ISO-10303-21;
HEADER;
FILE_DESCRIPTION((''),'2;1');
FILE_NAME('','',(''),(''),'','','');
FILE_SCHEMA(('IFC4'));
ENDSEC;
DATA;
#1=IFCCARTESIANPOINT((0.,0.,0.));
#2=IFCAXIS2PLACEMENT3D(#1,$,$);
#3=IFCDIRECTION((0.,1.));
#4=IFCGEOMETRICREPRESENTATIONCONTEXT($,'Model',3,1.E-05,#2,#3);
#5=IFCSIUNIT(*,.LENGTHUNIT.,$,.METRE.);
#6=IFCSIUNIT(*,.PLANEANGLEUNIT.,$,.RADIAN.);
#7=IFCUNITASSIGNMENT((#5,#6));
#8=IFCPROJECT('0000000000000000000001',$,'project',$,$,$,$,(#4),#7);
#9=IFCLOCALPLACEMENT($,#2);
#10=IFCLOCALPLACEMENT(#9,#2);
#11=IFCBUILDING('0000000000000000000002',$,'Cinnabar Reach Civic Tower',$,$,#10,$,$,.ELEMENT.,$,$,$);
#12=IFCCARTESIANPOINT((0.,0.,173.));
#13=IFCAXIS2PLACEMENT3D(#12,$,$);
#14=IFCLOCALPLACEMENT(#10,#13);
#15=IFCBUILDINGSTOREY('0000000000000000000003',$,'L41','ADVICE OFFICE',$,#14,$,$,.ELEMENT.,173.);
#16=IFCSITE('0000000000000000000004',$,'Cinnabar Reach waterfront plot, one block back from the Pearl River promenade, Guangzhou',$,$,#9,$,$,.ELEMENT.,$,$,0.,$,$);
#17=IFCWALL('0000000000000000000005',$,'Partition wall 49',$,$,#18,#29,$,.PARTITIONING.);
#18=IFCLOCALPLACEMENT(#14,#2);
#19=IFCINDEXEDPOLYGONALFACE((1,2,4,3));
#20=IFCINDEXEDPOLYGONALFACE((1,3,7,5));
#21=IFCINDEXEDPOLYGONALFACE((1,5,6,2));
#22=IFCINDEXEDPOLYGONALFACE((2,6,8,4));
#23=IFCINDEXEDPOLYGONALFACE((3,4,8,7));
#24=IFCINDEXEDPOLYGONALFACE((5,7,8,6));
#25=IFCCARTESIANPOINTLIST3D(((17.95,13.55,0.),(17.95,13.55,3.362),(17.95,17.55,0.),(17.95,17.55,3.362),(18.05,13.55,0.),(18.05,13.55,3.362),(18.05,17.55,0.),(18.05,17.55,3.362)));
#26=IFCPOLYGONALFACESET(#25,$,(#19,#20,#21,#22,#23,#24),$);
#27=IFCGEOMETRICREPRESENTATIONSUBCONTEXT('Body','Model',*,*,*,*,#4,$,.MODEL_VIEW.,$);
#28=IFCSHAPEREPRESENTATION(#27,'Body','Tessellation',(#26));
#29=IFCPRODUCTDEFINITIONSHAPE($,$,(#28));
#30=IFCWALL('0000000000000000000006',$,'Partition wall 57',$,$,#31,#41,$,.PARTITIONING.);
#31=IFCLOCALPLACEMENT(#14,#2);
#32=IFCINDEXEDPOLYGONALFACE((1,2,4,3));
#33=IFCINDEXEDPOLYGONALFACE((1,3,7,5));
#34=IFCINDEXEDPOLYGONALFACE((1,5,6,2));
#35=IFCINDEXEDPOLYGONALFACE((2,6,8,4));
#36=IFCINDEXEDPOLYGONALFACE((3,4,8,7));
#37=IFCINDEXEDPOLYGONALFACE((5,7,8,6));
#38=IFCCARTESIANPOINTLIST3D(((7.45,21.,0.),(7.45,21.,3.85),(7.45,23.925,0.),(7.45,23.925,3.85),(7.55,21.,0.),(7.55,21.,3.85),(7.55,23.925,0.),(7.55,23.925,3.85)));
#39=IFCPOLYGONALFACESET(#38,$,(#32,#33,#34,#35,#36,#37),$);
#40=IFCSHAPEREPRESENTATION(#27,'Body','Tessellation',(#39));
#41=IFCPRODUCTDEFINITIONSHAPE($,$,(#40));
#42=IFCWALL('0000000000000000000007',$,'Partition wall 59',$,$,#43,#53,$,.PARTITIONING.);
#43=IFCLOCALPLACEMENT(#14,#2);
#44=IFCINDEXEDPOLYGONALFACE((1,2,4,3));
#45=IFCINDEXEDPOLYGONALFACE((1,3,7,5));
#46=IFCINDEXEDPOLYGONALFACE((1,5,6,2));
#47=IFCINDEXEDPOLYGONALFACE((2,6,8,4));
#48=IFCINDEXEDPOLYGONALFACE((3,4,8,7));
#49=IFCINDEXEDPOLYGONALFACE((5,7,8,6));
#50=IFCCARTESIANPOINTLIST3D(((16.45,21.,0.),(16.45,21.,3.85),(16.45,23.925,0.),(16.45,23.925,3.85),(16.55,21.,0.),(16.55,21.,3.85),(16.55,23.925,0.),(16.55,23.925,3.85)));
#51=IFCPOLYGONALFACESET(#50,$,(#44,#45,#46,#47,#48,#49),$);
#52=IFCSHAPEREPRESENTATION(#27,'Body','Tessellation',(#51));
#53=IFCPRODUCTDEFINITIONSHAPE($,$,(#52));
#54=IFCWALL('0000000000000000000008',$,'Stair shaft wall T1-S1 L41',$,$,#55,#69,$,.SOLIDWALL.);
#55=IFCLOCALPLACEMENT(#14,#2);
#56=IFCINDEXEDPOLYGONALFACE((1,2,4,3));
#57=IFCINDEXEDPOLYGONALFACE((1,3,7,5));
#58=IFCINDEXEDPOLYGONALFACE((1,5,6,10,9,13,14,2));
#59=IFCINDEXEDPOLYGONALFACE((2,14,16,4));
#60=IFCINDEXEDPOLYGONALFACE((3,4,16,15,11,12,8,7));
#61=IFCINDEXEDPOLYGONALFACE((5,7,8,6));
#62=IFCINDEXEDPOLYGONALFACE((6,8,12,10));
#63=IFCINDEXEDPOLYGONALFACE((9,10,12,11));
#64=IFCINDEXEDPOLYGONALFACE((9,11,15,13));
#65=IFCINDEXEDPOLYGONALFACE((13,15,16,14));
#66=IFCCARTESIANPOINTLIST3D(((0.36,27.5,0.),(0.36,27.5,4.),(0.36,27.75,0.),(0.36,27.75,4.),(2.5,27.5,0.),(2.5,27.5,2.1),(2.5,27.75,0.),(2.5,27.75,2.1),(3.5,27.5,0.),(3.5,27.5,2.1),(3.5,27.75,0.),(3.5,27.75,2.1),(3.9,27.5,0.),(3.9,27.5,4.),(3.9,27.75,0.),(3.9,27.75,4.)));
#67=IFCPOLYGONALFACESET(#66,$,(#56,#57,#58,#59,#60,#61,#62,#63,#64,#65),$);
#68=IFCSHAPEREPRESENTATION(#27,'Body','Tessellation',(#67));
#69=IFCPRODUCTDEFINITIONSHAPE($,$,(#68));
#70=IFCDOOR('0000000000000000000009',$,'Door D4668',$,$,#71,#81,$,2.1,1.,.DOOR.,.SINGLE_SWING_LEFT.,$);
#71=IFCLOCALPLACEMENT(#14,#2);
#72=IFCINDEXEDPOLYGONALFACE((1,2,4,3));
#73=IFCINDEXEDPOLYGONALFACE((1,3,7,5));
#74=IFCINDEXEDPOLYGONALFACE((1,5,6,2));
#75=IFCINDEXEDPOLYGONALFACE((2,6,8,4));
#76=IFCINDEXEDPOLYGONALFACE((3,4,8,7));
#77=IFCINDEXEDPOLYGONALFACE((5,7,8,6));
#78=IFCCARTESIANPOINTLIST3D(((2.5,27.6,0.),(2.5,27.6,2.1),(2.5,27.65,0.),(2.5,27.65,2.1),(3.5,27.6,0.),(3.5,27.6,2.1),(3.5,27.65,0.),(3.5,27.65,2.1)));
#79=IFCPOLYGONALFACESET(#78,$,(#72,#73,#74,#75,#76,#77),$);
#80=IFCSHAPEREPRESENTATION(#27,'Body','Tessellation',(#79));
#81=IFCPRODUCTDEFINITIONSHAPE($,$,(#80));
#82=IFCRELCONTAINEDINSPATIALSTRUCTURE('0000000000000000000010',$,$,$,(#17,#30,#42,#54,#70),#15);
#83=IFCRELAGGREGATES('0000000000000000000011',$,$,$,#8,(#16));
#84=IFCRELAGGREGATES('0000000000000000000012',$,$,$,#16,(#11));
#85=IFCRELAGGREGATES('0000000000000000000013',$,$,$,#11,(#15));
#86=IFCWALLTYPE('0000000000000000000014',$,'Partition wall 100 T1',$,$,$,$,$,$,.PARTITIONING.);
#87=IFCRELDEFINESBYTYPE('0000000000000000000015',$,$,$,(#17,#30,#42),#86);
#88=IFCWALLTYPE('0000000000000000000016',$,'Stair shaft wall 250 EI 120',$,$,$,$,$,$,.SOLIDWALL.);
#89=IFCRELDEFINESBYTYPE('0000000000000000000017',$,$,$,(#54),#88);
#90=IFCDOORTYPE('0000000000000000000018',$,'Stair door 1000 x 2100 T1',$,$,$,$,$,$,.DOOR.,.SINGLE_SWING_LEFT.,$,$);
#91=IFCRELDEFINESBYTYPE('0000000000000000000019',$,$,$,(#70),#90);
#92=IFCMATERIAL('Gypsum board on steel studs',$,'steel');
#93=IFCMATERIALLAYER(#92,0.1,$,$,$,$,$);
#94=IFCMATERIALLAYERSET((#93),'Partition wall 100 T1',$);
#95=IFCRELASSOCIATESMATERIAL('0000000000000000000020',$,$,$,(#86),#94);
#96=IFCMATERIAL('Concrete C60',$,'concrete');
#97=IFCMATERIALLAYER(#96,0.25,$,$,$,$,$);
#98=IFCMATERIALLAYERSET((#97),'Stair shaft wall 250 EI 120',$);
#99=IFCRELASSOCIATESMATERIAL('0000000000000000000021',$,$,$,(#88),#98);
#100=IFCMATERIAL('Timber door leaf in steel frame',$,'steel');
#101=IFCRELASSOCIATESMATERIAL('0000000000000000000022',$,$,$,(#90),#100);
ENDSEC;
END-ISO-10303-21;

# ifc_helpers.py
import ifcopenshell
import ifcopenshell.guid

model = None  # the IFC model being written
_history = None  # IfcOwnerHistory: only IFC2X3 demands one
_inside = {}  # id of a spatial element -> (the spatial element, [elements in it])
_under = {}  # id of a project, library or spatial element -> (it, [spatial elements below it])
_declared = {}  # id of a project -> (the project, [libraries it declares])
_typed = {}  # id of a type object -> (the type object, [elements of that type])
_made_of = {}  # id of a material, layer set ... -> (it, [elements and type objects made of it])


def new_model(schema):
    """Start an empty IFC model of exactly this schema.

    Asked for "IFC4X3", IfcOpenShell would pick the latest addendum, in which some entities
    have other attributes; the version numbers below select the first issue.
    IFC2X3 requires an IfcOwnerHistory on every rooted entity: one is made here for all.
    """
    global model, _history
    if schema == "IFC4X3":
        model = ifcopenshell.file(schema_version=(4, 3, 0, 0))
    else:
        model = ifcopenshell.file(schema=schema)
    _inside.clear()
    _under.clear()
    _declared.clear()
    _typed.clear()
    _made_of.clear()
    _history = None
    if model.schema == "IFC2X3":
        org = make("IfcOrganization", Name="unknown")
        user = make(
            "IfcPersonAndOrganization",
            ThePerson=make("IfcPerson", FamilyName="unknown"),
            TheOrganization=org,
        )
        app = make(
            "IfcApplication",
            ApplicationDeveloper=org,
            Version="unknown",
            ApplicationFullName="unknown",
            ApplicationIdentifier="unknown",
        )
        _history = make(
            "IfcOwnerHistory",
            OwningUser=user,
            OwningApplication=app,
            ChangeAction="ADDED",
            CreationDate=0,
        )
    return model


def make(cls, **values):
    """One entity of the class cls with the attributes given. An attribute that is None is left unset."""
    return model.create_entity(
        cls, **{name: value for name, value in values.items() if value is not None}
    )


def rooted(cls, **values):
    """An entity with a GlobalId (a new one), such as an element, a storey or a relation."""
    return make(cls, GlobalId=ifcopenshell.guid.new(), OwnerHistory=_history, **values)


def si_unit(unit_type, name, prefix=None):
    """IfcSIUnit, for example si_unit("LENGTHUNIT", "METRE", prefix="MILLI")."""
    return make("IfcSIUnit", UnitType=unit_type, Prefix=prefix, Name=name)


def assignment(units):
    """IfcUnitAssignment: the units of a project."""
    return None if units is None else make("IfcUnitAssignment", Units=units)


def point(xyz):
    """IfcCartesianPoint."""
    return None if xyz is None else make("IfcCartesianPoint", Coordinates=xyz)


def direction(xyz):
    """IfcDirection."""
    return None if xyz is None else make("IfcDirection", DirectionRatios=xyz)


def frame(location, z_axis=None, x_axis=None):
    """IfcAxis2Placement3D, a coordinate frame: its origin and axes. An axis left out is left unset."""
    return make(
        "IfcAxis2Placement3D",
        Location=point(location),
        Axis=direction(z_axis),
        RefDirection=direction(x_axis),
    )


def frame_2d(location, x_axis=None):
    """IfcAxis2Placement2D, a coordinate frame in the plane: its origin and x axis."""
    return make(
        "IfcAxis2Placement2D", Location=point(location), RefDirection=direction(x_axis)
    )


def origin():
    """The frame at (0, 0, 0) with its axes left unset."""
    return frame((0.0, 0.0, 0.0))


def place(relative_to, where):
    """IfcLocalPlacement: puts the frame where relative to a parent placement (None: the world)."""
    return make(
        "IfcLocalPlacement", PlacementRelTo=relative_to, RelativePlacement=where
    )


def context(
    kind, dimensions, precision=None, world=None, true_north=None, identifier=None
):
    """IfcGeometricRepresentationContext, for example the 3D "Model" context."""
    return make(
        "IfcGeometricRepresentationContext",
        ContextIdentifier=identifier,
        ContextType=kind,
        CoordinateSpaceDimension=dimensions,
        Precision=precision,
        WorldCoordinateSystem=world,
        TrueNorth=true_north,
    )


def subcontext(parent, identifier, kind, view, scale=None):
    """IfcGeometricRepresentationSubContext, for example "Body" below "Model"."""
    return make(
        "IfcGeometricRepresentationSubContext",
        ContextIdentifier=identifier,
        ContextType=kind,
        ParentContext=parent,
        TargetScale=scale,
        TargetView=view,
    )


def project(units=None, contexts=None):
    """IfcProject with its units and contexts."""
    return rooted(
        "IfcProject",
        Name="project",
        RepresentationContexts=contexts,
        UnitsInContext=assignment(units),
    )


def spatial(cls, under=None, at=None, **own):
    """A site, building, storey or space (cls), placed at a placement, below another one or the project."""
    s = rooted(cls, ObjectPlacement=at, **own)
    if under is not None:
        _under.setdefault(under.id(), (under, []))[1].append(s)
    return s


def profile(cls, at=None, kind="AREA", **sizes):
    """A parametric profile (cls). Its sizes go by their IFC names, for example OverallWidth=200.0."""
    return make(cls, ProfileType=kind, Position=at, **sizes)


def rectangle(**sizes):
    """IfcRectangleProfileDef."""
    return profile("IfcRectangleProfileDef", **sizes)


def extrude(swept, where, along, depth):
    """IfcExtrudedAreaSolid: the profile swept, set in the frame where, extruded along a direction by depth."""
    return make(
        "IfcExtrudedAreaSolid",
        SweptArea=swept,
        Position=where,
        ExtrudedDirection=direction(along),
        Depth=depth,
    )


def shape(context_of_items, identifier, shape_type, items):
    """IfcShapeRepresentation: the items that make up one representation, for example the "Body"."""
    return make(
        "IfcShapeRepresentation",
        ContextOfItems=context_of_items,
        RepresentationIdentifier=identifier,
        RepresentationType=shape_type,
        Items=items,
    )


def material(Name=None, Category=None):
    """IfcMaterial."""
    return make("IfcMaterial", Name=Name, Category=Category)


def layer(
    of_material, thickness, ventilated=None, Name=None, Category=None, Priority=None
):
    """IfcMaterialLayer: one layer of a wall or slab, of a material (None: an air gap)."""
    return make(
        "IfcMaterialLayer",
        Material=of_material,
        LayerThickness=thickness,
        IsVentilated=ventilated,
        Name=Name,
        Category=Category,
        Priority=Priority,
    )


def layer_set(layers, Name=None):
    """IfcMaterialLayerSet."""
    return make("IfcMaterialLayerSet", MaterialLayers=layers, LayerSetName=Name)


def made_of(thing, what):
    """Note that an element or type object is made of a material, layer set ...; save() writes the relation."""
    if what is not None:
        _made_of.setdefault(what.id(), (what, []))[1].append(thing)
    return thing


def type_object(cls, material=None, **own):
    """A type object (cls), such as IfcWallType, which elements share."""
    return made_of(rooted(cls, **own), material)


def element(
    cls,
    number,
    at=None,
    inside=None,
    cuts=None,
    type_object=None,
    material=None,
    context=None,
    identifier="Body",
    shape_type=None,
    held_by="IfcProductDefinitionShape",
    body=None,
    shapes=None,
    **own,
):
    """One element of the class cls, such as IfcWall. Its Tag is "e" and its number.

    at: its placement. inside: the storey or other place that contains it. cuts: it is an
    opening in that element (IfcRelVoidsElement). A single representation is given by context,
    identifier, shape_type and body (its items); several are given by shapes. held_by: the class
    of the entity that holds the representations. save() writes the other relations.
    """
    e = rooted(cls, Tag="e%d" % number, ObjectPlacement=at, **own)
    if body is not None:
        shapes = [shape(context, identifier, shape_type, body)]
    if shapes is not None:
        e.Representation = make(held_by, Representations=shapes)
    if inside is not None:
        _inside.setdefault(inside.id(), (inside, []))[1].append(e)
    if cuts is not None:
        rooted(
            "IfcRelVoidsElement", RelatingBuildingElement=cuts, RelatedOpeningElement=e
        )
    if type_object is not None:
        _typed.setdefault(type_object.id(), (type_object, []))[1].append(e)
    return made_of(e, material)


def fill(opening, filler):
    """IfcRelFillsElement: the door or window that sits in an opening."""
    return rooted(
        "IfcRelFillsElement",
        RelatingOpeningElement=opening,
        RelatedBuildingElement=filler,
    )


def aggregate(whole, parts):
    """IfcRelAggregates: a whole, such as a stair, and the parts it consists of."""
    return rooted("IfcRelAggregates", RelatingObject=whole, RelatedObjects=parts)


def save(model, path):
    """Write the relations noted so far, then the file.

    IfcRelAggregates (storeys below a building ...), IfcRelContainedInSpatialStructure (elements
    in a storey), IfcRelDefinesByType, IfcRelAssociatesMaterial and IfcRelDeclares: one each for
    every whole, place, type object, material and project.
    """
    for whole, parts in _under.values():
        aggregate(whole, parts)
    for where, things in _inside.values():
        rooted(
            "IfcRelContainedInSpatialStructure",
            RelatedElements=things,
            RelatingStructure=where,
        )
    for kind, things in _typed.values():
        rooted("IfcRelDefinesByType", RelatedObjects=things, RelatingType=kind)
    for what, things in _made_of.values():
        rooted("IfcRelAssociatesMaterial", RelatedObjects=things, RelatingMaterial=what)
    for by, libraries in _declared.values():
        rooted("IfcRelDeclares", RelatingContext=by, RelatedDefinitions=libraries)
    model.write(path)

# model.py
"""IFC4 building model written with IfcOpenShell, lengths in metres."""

from ifc_helpers import new_model, si_unit, direction, frame, frame_2d, origin, place, context, subcontext, project, spatial, rectangle, extrude, material, layer, layer_set, type_object, element, fill, save


model = new_model("IFC4")

# Units and contexts
model_context = context("Model", 3, precision=1e-05, world=origin(), true_north=direction((0.0, 1.0)))
body_context = subcontext(model_context, "Body", "Model", "MODEL_VIEW")
ifc_project = project(units=[si_unit("LENGTHUNIT", "METRE"), si_unit("PLANEANGLEUNIT", "RADIAN")], contexts=[model_context])

# Site, building, storey
site_placement = place(None, origin())
site = spatial("IfcSite", under=ifc_project, at=site_placement, Name="Cinnabar Reach waterfront plot, one block back from the Pearl River promenade, Guangzhou", CompositionType="ELEMENT", RefElevation=0.0)
building_placement = place(site_placement, origin())
building = spatial("IfcBuilding", under=site, at=building_placement, Name="Cinnabar Reach Civic Tower", CompositionType="ELEMENT")
storey_placement = place(building_placement, frame((0.0, 0.0, 173.0)))
storey = spatial("IfcBuildingStorey", under=building, at=storey_placement, Name="L41", Description="ADVICE OFFICE", CompositionType="ELEMENT", Elevation=173.0)

# Shared definitions
ifc_material_1 = material(Name="Timber door leaf in steel frame", Category="steel")

# Walls
ifc_material_2 = material(Name="Gypsum board on steel studs", Category="steel")
ifc_layer_1 = layer(ifc_material_2, 0.1)
ifc_layer_set_1 = layer_set([ifc_layer_1], Name="Partition wall 100 T1")
wall_type_1 = type_object("IfcWallType", Name="Partition wall 100 T1", PredefinedType="PARTITIONING", material=ifc_layer_set_1)
wall_1_placement = place(storey_placement, frame((18.0, 13.55, 0.0), z_axis=(0.0, 0.0, 1.0), x_axis=(0.0, 1.0, 0.0)))
element("IfcWall", 1, at=wall_1_placement, inside=storey, type_object=wall_type_1, Name="Partition wall 49", PredefinedType="PARTITIONING", context=body_context, shape_type="SweptSolid", body=[
    extrude(rectangle(XDim=4.0, YDim=0.1, at=frame_2d((2.0, 0.0))), origin(), (0.0, 0.0, 1.0), 3.362),
])
for number, where, z_axis, x_axis, name in (
    (2, (7.5, 21.0, 0.0), (0.0, 0.0, 1.0), (0.0, 1.0, 0.0), "Partition wall 57"),
    (3, (16.5, 21.0, 0.0), (0.0, 0.0, 1.0), (0.0, 1.0, 0.0), "Partition wall 59"),
):
    element("IfcWall", number, at=place(storey_placement, frame(where, z_axis=z_axis, x_axis=x_axis)), inside=storey, type_object=wall_type_1, Name=name, PredefinedType="PARTITIONING", context=body_context, shape_type="SweptSolid", body=[
        extrude(rectangle(XDim=2.925, YDim=0.1, at=frame_2d((1.4625, 0.0))), origin(), (0.0, 0.0, 1.0), 3.85),
    ])

# Wall, opening, door
ifc_material_3 = material(Name="Concrete C60", Category="concrete")
ifc_layer_2 = layer(ifc_material_3, 0.25)
ifc_layer_set_2 = layer_set([ifc_layer_2], Name="Stair shaft wall 250 EI 120")
wall_type_2 = type_object("IfcWallType", Name="Stair shaft wall 250 EI 120", PredefinedType="SOLIDWALL", material=ifc_layer_set_2)
wall_2_placement = place(storey_placement, frame((3.9, 27.625, 0.0), z_axis=(0.0, 0.0, 1.0), x_axis=(-1.0, 0.0, 0.0)))
wall_2 = element("IfcWall", 4, at=wall_2_placement, inside=storey, type_object=wall_type_2, Name="Stair shaft wall T1-S1 L41", PredefinedType="SOLIDWALL", context=body_context, shape_type="SweptSolid", body=[
    extrude(rectangle(XDim=3.54, YDim=0.25, at=frame_2d((1.77, 0.0))), origin(), (0.0, 0.0, 1.0), 4.0),
])
opening_1_placement = place(wall_2_placement, frame((0.4, 0.0, 0.0)))
opening_1 = element("IfcOpeningElement", 5, at=opening_1_placement, cuts=wall_2, PredefinedType="OPENING", context=body_context, shape_type="SweptSolid", body=[
    extrude(rectangle(XDim=1.0, YDim=2.1, at=frame_2d((0.5, 1.05))), frame((0.0, 0.135, 0.0), z_axis=(0.0, -1.0, 0.0), x_axis=(1.0, 0.0, 0.0)), (0.0, 0.0, 1.0), 0.27),
])
door_type_1 = type_object("IfcDoorType", Name="Stair door 1000 x 2100 T1", OperationType="SINGLE_SWING_LEFT", PredefinedType="DOOR", material=ifc_material_1)
door_1_placement = place(opening_1_placement, origin())
door_1 = element("IfcDoor", 6, at=door_1_placement, inside=storey, type_object=door_type_1, Name="Door D4668", OperationType="SINGLE_SWING_LEFT", OverallHeight=2.1, OverallWidth=1.0, PredefinedType="DOOR", context=body_context, shape_type="SweptSolid", body=[
    extrude(rectangle(XDim=1.0, YDim=2.1, at=frame_2d((0.5, 1.05))), frame((0.0, 0.025, 0.0), z_axis=(0.0, -1.0, 0.0), x_axis=(1.0, 0.0, 0.0)), (0.0, 0.0, 1.0), 0.05),
])
fill(opening_1, door_1)

save(model, "model.ifc")
